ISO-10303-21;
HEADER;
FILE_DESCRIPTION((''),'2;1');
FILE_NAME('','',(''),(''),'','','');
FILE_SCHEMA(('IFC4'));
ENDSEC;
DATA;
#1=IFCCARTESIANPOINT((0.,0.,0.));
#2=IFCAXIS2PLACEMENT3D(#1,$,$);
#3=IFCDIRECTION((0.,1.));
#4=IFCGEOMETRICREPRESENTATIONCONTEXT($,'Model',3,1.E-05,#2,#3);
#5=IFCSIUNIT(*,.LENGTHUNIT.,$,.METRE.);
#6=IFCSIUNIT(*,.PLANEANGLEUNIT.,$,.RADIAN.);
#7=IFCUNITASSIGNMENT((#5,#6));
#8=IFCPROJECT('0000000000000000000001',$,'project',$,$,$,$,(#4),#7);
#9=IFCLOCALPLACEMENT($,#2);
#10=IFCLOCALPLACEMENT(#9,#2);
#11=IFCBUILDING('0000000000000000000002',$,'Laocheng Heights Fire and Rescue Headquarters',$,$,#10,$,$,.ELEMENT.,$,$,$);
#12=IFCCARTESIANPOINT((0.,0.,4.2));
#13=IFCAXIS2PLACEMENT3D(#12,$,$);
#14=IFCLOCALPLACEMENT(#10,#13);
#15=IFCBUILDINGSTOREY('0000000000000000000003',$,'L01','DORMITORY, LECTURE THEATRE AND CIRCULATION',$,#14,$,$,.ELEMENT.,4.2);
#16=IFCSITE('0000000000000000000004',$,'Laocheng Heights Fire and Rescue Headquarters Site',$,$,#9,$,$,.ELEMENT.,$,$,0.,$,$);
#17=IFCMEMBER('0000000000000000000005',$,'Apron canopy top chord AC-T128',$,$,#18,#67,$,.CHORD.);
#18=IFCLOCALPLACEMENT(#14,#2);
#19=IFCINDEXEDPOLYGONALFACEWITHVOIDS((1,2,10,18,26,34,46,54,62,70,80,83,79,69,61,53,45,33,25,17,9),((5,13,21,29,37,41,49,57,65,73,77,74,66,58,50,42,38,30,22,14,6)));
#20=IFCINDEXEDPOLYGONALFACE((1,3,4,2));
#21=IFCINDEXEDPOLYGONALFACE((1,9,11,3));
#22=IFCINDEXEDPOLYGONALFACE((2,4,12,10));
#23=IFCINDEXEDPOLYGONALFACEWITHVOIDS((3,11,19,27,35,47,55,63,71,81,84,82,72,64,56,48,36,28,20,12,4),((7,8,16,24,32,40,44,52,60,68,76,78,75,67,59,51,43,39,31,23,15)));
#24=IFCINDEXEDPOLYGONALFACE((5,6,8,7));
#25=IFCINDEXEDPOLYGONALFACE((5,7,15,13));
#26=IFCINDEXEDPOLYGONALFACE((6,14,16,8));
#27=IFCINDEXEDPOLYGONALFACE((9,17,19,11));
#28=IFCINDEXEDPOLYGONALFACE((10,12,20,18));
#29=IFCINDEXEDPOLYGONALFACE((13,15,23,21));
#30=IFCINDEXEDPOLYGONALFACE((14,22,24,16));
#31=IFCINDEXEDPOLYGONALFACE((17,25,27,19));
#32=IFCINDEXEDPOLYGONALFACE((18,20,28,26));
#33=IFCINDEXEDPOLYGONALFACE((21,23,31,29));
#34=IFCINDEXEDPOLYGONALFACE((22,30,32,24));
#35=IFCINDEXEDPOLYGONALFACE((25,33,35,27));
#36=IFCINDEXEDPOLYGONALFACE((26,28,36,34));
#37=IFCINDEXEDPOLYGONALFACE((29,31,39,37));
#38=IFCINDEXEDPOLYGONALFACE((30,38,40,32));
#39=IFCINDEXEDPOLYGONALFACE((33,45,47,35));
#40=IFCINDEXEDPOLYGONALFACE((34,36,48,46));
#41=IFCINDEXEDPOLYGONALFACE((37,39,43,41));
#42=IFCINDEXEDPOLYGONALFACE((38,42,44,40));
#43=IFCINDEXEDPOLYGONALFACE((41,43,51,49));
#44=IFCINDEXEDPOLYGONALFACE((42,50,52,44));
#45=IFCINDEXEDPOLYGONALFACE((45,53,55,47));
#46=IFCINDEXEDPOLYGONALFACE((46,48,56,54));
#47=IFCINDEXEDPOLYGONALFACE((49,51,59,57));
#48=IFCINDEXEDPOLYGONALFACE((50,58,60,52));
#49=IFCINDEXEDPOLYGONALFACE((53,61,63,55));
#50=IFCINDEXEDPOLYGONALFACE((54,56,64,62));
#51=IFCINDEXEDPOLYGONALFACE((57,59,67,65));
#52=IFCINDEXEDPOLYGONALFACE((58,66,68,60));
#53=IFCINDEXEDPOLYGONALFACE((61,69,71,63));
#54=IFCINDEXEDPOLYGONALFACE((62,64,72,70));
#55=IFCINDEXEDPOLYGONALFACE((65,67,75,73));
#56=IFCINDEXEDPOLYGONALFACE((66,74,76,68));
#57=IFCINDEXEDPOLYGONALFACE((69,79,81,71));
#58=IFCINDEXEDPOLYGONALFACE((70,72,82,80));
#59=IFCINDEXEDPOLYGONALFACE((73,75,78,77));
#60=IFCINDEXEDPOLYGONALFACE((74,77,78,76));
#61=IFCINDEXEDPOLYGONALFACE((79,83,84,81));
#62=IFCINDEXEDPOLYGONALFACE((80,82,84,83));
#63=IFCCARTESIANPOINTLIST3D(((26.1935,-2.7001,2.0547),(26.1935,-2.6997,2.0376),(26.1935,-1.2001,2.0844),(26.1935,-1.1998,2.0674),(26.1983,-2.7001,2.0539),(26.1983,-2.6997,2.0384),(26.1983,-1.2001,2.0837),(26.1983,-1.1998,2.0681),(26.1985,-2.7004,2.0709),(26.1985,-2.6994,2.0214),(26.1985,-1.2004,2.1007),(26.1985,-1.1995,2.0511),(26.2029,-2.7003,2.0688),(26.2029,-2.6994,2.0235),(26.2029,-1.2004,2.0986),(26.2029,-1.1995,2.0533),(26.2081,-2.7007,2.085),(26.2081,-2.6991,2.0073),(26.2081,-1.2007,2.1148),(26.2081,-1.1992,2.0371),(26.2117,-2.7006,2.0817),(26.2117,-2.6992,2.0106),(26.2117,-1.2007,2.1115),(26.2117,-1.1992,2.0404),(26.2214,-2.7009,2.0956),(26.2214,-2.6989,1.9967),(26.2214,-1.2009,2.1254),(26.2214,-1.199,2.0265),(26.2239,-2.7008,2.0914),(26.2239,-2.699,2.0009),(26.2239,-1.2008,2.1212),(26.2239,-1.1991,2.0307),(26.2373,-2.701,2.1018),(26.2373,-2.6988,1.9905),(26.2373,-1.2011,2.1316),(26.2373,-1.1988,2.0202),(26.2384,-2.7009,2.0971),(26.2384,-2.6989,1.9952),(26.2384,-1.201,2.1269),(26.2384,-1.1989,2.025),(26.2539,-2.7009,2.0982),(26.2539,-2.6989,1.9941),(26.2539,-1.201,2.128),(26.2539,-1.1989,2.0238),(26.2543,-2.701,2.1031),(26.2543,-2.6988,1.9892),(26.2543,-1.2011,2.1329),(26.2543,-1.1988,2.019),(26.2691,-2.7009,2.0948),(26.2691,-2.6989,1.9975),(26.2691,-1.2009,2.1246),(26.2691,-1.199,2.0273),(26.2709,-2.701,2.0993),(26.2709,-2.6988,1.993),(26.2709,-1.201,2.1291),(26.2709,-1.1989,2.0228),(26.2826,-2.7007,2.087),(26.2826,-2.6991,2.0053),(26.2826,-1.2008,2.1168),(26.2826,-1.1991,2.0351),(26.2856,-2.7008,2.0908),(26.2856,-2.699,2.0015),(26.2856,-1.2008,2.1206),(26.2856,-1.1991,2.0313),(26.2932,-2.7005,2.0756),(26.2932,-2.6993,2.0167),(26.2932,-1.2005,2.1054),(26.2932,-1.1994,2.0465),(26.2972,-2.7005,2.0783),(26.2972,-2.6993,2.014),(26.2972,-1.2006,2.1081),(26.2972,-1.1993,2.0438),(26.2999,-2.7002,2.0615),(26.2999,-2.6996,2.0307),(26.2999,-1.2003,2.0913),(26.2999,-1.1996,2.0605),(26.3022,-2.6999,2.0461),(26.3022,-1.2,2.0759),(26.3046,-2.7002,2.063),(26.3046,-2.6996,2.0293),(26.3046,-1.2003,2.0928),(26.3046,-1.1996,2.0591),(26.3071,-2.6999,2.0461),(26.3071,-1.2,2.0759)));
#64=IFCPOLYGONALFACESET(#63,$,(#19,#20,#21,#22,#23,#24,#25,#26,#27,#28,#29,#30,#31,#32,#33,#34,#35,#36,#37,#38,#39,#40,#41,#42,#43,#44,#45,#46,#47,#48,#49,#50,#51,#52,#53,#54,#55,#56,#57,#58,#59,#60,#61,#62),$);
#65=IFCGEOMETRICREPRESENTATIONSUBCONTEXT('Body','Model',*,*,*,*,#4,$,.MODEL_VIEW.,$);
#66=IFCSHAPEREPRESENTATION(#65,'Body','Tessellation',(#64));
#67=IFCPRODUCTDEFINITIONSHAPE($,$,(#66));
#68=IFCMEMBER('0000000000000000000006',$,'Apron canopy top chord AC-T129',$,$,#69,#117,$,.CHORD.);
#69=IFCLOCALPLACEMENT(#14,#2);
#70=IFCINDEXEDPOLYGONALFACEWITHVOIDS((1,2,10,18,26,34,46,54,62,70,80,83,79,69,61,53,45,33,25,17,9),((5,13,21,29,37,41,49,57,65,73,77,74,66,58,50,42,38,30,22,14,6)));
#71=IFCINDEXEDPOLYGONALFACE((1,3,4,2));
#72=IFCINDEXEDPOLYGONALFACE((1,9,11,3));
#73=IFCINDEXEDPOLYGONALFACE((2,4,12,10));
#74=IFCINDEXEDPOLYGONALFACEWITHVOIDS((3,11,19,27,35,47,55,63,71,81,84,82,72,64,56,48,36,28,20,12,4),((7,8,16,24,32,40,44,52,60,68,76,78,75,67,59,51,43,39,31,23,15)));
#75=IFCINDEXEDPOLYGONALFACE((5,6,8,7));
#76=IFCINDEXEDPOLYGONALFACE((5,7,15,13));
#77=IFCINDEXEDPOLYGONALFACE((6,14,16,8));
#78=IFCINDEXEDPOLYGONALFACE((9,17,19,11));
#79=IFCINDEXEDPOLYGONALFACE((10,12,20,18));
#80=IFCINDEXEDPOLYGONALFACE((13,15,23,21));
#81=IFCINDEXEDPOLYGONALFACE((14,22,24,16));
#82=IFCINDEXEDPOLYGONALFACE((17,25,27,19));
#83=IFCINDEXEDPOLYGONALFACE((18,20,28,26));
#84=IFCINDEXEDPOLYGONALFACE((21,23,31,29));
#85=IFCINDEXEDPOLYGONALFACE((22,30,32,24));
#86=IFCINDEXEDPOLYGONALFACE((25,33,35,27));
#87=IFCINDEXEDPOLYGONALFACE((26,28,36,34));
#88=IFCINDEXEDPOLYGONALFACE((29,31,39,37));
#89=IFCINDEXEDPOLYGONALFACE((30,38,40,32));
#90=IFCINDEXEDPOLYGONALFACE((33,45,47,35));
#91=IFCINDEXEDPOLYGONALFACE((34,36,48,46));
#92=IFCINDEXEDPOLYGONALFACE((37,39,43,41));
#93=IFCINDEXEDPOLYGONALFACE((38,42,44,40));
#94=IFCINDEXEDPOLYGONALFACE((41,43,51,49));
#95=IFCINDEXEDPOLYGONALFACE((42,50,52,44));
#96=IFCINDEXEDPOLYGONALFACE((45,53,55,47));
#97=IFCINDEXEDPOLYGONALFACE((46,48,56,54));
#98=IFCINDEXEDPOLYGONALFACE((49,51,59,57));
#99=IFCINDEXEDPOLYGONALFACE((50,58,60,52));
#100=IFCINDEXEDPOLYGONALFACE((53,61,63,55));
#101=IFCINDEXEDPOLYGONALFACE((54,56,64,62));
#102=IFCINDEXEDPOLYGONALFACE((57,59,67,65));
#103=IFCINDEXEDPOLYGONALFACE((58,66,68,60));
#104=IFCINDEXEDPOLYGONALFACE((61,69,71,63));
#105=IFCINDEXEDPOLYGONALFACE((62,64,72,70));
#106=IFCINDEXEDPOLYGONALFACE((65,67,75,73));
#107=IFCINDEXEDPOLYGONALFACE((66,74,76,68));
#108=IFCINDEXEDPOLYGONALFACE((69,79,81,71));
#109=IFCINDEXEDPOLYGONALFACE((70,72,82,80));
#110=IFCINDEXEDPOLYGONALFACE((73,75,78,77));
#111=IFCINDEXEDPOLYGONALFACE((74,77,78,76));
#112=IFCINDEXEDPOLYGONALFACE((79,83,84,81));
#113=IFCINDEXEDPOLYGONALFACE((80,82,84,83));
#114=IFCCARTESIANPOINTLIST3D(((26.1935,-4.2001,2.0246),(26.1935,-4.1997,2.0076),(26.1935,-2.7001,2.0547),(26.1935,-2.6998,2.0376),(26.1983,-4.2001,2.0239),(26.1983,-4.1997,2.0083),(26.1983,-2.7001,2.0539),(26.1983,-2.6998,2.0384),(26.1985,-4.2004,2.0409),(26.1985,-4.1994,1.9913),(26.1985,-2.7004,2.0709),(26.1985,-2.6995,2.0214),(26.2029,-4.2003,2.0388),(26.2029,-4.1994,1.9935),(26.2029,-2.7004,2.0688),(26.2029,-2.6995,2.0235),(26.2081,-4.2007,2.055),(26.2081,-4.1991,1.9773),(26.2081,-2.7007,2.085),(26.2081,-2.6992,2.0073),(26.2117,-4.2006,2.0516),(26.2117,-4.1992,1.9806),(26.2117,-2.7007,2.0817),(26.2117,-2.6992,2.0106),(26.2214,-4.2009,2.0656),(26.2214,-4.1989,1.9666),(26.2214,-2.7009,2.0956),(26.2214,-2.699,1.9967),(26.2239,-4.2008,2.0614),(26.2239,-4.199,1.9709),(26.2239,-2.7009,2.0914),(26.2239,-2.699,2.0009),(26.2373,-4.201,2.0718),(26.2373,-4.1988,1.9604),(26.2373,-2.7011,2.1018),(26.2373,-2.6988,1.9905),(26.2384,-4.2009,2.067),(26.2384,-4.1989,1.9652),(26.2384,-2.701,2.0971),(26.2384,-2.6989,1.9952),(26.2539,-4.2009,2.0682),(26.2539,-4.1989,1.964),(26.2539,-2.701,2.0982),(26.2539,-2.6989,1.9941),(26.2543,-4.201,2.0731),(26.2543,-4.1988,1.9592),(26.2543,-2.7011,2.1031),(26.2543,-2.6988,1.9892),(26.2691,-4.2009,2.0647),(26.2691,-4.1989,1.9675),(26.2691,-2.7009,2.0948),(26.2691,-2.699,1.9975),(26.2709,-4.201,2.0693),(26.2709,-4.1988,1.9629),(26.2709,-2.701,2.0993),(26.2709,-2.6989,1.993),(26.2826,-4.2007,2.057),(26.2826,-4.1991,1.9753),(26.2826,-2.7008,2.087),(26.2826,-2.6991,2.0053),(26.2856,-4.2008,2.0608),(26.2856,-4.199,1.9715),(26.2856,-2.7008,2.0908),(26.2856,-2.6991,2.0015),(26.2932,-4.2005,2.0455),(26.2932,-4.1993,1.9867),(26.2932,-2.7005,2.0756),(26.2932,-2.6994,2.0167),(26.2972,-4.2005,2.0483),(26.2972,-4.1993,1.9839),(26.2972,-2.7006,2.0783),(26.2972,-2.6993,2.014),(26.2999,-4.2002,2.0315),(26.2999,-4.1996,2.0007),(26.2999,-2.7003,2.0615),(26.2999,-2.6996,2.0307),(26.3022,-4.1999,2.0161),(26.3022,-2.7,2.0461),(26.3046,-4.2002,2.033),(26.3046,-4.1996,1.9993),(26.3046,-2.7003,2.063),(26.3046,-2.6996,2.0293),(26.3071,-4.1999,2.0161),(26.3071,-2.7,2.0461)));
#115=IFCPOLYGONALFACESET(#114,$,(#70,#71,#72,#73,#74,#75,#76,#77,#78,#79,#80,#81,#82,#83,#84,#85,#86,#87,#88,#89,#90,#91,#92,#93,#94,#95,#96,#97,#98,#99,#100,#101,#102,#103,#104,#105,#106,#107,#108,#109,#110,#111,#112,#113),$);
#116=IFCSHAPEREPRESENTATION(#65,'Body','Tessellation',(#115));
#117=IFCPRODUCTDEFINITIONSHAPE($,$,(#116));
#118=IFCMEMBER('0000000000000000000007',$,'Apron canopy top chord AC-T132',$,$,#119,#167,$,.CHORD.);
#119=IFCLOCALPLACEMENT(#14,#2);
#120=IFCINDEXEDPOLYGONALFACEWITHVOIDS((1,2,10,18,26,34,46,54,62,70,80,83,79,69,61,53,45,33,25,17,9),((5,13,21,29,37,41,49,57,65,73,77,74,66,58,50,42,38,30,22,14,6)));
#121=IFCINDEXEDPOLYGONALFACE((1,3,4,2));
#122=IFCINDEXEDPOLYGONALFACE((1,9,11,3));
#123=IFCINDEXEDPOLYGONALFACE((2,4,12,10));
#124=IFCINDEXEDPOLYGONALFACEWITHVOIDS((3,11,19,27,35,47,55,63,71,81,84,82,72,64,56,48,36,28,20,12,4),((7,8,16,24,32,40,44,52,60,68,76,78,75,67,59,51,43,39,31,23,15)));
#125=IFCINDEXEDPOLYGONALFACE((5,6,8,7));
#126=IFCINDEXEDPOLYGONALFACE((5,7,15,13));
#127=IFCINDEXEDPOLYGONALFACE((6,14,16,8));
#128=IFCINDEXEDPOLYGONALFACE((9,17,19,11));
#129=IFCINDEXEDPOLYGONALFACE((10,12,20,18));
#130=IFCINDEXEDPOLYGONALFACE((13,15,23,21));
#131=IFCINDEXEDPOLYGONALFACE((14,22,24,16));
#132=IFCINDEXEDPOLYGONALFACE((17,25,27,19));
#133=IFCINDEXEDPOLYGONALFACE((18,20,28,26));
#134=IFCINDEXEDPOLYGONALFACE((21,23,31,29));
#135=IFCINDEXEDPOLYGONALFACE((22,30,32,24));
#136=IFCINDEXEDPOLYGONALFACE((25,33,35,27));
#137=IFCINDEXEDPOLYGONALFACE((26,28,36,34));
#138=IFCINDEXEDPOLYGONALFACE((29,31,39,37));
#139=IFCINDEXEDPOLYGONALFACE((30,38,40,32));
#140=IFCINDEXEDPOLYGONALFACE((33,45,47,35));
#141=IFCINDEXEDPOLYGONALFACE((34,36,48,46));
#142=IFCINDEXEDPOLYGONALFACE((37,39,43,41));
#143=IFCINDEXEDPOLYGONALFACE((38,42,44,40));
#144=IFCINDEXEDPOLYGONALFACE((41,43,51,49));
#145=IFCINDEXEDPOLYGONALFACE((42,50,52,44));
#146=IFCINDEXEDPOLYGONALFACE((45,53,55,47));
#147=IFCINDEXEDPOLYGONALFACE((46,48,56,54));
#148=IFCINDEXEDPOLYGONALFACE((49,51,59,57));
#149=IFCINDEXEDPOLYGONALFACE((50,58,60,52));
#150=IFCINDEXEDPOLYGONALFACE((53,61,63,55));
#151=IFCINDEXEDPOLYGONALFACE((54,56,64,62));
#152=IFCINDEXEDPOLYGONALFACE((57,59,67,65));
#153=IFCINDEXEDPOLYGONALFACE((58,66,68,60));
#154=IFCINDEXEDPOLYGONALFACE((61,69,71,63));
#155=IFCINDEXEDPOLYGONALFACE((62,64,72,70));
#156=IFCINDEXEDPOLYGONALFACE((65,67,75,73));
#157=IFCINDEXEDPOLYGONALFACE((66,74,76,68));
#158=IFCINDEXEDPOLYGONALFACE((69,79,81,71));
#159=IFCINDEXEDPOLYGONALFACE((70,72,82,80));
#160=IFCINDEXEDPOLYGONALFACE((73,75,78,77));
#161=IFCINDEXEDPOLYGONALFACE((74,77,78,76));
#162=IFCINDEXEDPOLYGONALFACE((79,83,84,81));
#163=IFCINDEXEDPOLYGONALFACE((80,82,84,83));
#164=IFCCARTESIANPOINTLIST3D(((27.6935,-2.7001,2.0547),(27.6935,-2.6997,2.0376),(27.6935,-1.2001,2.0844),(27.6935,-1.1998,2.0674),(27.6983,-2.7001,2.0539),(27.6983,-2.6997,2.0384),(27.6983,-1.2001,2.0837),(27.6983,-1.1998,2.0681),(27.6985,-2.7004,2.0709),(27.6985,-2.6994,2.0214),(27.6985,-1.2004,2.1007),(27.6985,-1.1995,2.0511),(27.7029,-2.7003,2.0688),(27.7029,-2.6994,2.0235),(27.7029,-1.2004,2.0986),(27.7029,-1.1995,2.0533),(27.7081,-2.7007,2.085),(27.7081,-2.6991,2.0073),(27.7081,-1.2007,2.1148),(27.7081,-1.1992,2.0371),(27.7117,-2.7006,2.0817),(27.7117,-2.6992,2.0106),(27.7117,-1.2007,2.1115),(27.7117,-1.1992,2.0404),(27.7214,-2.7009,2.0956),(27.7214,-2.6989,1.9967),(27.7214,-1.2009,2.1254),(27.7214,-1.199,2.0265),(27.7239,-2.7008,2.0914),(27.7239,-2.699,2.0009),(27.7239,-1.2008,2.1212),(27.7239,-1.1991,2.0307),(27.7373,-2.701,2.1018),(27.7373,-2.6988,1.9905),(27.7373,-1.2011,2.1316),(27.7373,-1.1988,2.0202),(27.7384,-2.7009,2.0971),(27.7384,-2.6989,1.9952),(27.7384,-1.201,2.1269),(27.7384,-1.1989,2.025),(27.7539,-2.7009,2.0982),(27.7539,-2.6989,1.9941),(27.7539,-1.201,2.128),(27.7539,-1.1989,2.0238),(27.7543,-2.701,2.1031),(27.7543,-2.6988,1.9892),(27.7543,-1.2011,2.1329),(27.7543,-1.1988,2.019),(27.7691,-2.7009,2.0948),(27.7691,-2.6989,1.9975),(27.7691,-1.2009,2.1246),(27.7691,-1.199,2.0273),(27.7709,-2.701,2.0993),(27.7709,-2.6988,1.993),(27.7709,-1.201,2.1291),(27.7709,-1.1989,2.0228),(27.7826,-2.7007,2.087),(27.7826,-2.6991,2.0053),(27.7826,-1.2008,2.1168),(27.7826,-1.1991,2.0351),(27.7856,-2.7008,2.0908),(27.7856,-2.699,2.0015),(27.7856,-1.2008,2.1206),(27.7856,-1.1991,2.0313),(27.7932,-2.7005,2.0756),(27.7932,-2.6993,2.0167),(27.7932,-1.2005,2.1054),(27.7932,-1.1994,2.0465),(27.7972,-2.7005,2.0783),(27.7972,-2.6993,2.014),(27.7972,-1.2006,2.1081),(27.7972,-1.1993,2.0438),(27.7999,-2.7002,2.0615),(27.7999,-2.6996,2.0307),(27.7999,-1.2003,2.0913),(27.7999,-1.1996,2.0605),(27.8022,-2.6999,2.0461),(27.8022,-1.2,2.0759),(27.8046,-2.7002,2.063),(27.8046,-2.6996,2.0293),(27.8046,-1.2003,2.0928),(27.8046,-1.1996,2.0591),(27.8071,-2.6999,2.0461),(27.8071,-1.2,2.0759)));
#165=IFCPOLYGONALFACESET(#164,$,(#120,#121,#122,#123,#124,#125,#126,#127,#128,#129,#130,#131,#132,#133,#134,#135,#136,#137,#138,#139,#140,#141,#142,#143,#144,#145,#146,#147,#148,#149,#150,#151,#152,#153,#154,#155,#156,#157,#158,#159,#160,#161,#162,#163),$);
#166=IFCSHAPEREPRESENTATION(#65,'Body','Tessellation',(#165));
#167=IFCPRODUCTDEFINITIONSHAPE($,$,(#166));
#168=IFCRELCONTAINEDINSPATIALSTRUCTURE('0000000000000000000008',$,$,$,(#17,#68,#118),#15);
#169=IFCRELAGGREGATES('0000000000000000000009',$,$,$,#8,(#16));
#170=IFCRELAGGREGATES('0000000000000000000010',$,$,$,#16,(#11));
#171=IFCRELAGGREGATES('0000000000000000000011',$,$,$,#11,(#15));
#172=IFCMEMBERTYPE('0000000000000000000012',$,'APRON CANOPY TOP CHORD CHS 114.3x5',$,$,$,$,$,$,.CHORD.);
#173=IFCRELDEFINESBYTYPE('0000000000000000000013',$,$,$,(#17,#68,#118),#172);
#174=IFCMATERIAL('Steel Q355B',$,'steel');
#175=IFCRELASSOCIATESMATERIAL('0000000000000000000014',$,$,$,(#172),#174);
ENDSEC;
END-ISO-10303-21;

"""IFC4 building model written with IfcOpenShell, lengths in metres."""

from ifc_helpers import new_model, si_unit, direction, frame, origin, origin_2d, place, context, subcontext, project, spatial, hollow_circle, extrude, material, material_profile, profile_set, type_object, element, save


model = new_model("IFC4")

# Units and contexts
model_context = context("Model", 3, precision=1e-05, world=origin(), true_north=direction((0.0, 1.0)))
body_context = subcontext(model_context, "Body", "Model", "MODEL_VIEW")
ifc_project = project(units=[si_unit("LENGTHUNIT", "METRE"), si_unit("PLANEANGLEUNIT", "RADIAN")], contexts=[model_context])

# Site, building, storey
site_placement = place(None, origin())
site = spatial("IfcSite", under=ifc_project, at=site_placement, Name="Laocheng Heights Fire and Rescue Headquarters Site", CompositionType="ELEMENT", RefElevation=0.0)
building_placement = place(site_placement, origin())
building = spatial("IfcBuilding", under=site, at=building_placement, Name="Laocheng Heights Fire and Rescue Headquarters", CompositionType="ELEMENT")
storey_placement = place(building_placement, frame((0.0, 0.0, 4.2)))
storey = spatial("IfcBuildingStorey", under=building, at=storey_placement, Name="L01", Description="DORMITORY, LECTURE THEATRE AND CIRCULATION", CompositionType="ELEMENT", Elevation=4.2)

# Members
ifc_material_1 = material(Name="Steel Q355B", Category="steel")
ifc_material_profile_1 = material_profile(ifc_material_1, hollow_circle(Radius=0.0571, WallThickness=0.0049, at=origin_2d()), Name="CHS 114.3x5")
ifc_profile_set_1 = profile_set([ifc_material_profile_1], Name="Steel Q355B")
member_type = type_object("IfcMemberType", Name="APRON CANOPY TOP CHORD CHS 114.3x5", PredefinedType="CHORD", material=ifc_profile_set_1)
for number, where, z_axis, x_axis, name in (
    (1, (26.25, -1.2, 2.0759), (0.0, -0.999803, -0.019853), (1.0, 0.0, 0.0), "Apron canopy top chord AC-T128"),
    (2, (26.25, -2.7, 2.0461), (0.0, -0.9998, -0.020016), (1.0, 0.0, 0.0), "Apron canopy top chord AC-T129"),
    (3, (27.75, -1.2, 2.0759), (0.0, -0.999803, -0.019853), (1.0, 0.0, 0.0), "Apron canopy top chord AC-T132"),
):
    element("IfcMember", number, at=place(storey_placement, frame(where, z_axis=z_axis, x_axis=x_axis)), inside=storey, type_object=member_type, Name=name, PredefinedType="CHORD", context=body_context, shape_type="SweptSolid", body=[
        extrude(hollow_circle(Radius=0.0571, WallThickness=0.0049, at=origin_2d()), origin(), (0.0, 0.0, 1.0), 1.5002),
    ])

save(model, "model.ifc")
